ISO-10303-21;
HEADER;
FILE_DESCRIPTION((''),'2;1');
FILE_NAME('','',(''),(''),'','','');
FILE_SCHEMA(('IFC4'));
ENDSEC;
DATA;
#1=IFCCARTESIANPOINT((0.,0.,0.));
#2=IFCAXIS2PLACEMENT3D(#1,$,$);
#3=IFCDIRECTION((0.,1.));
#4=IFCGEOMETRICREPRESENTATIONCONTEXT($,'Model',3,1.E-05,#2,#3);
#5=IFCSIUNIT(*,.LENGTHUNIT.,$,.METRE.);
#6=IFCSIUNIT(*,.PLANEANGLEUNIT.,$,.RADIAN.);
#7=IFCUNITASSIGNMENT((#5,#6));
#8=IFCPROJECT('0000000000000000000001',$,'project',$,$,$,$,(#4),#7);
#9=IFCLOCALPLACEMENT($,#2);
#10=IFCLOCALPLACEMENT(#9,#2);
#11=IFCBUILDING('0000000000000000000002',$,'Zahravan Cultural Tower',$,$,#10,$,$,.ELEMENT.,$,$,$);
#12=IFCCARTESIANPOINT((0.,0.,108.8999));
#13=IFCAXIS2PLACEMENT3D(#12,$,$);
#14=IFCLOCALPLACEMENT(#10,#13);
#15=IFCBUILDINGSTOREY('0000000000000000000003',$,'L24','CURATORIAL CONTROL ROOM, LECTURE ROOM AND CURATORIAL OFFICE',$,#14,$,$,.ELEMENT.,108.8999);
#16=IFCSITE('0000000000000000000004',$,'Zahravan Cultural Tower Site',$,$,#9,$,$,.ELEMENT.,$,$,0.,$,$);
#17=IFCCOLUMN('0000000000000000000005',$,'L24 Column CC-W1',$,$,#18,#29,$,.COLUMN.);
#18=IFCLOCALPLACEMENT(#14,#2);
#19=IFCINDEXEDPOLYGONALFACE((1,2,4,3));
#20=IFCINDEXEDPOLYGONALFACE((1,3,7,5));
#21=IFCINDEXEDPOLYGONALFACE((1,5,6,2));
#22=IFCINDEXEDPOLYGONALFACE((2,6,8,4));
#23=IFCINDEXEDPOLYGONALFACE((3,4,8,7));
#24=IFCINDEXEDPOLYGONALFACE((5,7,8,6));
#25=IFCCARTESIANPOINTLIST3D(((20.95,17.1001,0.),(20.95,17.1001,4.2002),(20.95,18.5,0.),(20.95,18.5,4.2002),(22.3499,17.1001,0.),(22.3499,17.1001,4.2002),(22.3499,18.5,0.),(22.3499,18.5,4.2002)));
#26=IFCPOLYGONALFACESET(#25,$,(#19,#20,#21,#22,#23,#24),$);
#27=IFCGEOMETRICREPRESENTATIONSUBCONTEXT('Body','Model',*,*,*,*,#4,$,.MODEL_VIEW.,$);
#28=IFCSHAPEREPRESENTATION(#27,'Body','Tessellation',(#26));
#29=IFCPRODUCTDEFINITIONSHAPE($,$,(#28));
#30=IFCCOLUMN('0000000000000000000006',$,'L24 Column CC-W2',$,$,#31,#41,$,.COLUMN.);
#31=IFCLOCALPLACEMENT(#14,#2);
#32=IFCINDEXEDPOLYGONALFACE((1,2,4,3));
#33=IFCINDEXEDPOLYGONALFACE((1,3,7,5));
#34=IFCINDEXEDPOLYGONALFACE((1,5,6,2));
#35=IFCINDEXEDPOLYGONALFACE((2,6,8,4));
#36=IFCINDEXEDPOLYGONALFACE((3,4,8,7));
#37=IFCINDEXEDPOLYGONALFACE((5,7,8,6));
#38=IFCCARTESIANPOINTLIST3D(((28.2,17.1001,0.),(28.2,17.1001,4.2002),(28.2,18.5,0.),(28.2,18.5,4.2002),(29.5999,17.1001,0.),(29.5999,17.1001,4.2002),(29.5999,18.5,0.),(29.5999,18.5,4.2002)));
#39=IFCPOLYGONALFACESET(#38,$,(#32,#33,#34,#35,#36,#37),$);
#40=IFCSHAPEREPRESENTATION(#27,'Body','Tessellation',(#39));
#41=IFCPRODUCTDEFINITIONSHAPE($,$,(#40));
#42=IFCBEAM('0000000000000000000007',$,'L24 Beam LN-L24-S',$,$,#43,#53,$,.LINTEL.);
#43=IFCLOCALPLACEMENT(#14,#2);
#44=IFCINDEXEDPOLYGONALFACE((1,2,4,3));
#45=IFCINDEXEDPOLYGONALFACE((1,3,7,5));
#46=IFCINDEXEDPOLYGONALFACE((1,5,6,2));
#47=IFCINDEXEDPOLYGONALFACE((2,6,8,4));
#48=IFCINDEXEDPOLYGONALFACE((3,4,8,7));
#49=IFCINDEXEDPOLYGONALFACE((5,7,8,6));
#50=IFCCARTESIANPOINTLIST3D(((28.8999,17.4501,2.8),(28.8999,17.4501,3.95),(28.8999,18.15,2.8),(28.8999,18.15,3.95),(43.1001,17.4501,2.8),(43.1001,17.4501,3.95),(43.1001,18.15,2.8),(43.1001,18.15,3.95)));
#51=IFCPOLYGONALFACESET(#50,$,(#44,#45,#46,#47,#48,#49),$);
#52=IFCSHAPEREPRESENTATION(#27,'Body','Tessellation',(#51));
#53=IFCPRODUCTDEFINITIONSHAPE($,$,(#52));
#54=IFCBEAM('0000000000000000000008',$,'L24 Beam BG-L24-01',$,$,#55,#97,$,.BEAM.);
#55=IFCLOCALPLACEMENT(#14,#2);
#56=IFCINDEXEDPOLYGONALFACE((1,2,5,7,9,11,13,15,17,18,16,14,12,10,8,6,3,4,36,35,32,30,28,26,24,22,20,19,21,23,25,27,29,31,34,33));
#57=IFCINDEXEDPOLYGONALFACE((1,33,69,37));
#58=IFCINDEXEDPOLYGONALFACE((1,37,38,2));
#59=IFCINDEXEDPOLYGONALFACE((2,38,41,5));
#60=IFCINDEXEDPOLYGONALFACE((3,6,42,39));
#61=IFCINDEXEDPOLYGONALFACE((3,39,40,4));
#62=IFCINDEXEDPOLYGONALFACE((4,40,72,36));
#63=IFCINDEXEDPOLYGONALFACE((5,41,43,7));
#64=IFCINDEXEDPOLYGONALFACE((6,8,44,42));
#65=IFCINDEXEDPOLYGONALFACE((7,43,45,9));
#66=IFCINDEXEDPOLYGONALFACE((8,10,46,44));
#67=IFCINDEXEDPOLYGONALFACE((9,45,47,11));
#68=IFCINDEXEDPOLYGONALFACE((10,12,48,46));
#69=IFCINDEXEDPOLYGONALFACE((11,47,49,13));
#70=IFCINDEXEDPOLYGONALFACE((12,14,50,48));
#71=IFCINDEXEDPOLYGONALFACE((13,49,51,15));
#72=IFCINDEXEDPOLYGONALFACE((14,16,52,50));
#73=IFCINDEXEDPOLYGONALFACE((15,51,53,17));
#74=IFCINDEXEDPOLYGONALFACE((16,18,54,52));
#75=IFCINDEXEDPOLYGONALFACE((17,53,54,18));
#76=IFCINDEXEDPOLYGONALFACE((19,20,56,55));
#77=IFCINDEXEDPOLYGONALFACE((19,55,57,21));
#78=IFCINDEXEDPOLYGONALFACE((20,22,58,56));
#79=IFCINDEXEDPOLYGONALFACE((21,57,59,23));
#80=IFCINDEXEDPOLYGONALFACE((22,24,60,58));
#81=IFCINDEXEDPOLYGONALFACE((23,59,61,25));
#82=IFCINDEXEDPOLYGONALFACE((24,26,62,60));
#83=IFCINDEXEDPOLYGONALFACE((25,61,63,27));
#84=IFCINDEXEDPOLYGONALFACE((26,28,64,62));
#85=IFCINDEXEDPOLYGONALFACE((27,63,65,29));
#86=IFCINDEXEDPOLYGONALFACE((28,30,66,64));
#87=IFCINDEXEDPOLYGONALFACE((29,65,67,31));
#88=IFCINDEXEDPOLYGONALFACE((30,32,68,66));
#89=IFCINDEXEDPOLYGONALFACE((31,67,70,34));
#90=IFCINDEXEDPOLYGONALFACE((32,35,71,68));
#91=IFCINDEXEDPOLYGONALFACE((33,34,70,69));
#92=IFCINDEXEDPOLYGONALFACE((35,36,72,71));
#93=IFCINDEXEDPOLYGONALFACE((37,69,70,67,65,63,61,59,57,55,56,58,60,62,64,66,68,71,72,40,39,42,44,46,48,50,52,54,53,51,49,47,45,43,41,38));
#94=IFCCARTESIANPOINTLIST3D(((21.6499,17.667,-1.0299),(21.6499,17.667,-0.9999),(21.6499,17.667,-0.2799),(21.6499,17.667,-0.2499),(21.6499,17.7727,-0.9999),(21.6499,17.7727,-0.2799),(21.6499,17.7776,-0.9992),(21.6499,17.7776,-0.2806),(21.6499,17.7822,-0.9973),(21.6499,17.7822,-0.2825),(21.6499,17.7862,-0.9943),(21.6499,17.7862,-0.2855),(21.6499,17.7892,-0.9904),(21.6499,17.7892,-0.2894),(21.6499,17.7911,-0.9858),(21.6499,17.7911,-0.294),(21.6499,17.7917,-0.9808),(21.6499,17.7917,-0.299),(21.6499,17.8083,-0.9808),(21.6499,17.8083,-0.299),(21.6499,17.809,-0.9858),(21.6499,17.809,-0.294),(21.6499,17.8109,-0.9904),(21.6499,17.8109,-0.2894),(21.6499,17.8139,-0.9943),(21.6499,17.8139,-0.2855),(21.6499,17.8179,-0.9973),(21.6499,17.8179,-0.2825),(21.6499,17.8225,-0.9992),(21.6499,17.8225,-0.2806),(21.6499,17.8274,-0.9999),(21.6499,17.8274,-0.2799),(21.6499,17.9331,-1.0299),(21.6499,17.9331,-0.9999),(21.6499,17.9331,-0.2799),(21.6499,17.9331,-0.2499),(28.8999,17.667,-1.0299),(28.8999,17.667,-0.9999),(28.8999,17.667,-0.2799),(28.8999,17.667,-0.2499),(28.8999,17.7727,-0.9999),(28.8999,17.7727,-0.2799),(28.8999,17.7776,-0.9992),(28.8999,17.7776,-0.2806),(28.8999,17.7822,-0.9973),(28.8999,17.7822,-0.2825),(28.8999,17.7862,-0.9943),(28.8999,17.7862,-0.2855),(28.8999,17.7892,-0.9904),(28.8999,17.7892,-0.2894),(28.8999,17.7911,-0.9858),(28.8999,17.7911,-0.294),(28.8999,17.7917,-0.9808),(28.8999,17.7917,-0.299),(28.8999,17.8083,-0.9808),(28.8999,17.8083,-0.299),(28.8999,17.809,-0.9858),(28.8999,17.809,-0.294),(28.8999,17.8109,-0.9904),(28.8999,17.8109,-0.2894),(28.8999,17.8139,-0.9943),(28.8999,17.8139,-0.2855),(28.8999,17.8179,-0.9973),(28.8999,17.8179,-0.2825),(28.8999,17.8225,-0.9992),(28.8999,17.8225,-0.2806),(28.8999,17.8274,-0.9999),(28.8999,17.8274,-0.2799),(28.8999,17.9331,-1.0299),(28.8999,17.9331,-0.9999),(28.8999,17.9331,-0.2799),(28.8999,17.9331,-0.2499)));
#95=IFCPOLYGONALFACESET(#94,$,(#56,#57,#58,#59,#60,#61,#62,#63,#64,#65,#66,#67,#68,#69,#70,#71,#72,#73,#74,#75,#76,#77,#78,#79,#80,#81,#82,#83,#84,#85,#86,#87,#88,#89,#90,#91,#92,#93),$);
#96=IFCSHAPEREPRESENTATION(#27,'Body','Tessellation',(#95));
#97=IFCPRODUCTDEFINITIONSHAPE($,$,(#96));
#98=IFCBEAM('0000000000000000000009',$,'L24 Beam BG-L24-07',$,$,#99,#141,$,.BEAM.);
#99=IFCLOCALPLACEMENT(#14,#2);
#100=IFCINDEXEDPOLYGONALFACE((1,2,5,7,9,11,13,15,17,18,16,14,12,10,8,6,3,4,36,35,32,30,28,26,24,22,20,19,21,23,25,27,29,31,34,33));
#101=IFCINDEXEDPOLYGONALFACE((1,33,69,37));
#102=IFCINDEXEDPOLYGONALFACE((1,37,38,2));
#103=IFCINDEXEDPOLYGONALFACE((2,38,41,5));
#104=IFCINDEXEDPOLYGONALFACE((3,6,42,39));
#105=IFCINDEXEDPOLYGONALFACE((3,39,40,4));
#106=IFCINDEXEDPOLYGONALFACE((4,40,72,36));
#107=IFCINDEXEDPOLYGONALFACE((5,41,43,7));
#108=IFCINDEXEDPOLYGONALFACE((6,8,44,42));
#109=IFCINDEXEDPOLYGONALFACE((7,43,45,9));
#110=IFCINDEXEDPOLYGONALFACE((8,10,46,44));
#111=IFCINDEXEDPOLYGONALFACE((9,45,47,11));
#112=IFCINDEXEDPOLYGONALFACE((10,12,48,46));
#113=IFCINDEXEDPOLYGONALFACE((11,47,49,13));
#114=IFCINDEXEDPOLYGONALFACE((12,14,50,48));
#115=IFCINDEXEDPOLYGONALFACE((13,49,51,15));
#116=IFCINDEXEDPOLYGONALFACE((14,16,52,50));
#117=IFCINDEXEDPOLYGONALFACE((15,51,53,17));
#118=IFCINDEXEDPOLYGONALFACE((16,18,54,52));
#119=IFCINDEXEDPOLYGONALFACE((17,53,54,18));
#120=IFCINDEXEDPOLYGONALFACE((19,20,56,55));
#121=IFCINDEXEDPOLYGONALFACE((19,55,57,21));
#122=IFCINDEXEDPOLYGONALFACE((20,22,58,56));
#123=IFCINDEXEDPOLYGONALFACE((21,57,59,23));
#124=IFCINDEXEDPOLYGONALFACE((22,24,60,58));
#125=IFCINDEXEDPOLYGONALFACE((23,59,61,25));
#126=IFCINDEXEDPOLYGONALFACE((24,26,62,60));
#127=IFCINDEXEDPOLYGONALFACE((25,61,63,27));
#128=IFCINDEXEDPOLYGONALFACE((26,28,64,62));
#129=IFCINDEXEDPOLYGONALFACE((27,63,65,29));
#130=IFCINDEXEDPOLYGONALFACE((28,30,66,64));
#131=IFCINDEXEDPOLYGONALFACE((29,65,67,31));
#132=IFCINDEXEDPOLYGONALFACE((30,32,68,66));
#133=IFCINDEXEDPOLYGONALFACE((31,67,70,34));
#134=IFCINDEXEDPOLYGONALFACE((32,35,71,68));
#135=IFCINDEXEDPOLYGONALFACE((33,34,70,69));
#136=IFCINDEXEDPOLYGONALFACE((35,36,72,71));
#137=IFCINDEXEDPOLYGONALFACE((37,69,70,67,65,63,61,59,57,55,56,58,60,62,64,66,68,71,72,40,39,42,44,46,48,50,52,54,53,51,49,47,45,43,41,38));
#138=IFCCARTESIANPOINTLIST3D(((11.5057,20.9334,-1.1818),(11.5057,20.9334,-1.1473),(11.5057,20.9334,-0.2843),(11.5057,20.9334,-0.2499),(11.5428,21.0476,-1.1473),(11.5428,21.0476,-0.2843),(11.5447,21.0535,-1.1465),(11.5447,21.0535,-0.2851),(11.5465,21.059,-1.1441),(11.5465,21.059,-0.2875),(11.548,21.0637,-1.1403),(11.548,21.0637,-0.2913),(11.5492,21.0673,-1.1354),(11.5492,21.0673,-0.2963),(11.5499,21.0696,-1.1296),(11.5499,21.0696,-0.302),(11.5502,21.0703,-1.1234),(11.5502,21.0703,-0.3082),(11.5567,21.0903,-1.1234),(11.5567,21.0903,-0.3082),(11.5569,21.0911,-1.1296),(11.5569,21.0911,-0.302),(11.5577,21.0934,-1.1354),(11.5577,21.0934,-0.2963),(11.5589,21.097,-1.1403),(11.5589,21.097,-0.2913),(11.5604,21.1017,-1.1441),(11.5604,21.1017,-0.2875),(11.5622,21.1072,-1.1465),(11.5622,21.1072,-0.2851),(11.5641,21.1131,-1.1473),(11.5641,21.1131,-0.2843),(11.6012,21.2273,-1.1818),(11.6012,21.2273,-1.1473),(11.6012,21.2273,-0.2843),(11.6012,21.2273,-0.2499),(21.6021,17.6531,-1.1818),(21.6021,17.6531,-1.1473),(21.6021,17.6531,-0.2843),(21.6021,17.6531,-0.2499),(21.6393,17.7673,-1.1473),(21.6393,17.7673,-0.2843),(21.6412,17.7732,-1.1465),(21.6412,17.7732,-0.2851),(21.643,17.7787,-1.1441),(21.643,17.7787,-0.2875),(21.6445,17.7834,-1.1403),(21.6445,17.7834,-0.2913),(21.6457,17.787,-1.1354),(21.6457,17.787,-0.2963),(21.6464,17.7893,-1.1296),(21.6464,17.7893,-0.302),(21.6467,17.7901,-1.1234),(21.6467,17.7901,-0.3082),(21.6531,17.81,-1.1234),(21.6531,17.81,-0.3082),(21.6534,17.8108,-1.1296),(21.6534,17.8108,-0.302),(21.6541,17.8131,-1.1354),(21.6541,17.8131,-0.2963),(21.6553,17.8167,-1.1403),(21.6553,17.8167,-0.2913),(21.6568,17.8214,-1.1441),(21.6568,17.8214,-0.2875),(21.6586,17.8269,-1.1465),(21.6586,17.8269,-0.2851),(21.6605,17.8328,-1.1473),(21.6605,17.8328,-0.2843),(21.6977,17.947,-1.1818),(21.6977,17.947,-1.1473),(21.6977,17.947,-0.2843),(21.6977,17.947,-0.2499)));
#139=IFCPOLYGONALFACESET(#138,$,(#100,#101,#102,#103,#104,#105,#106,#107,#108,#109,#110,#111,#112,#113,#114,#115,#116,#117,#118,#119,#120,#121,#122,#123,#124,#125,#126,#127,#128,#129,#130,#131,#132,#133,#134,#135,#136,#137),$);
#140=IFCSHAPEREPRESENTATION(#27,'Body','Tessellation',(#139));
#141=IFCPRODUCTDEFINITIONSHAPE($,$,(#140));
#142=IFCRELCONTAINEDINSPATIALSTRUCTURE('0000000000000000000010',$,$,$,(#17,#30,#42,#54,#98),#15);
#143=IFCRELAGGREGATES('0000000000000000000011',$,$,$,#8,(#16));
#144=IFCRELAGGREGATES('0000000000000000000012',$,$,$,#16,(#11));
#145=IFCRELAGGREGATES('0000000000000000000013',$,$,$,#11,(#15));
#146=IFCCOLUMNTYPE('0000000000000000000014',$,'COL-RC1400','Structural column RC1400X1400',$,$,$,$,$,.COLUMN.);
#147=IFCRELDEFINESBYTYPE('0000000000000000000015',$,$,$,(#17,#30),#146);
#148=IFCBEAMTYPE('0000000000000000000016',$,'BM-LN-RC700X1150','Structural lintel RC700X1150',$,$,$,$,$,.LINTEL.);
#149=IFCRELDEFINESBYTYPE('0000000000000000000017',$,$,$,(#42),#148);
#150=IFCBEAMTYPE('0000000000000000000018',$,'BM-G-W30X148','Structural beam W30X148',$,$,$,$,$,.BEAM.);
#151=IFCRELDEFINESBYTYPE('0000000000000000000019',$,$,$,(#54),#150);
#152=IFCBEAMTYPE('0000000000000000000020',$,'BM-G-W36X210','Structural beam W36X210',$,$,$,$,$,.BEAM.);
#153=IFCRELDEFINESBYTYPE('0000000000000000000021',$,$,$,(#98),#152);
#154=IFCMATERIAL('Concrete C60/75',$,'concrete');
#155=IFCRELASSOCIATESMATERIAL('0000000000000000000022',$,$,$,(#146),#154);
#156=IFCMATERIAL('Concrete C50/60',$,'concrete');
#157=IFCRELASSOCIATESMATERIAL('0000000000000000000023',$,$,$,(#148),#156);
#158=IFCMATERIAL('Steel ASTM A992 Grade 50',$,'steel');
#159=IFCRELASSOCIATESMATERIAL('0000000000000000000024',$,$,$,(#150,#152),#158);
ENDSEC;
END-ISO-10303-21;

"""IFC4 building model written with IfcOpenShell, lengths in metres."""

from ifc_helpers import new_model, si_unit, direction, frame, origin, origin_2d, place, context, subcontext, project, spatial, rectangle, i_section, extrude, source, transform, mapped, material, material_profile, profile_set, type_object, element, save


model = new_model("IFC4")

# Units and contexts
model_context = context("Model", 3, precision=1e-05, world=origin(), true_north=direction((0.0, 1.0)))
body_context = subcontext(model_context, "Body", "Model", "MODEL_VIEW")
ifc_project = project(units=[si_unit("LENGTHUNIT", "METRE"), si_unit("PLANEANGLEUNIT", "RADIAN")], contexts=[model_context])

# Site, building, storey
site_placement = place(None, origin())
site = spatial("IfcSite", under=ifc_project, at=site_placement, Name="Zahravan Cultural Tower Site", CompositionType="ELEMENT", RefElevation=0.0)
building_placement = place(site_placement, origin())
building = spatial("IfcBuilding", under=site, at=building_placement, Name="Zahravan Cultural Tower", CompositionType="ELEMENT")
storey_placement = place(building_placement, frame((0.0, 0.0, 108.8999)))
storey = spatial("IfcBuildingStorey", under=building, at=storey_placement, Name="L24", Description="CURATORIAL CONTROL ROOM, LECTURE ROOM AND CURATORIAL OFFICE", CompositionType="ELEMENT", Elevation=108.8999)

# Columns
ifc_material_1 = material(Name="Concrete C60/75", Category="concrete")
ifc_material_profile_1 = material_profile(ifc_material_1, rectangle(XDim=1.3999, YDim=1.3999, at=origin_2d()), Name="RC1400X1400")
ifc_profile_set_1 = profile_set([ifc_material_profile_1], Name="Concrete C60/75")
column_type = type_object("IfcColumnType", Name="COL-RC1400", Description="Structural column RC1400X1400", PredefinedType="COLUMN", material=ifc_profile_set_1)
shared_shape_1 = source(origin(), body_context, "Body", "SweptSolid", [
    extrude(rectangle(XDim=1.3999, YDim=1.3999, at=origin_2d()), origin(), (0.0, 0.0, 1.0), 4.2002),
])
for number, where, z_axis, x_axis, name in (
    (1, (21.6499, 17.8, 0.0), (0.0, 0.0, 1.0), (1.0, 0.0, 0.0), "L24 Column CC-W1"),
    (2, (28.8999, 17.8, 0.0), (0.0, 0.0, 1.0), (1.0, 0.0, 0.0), "L24 Column CC-W2"),
):
    element("IfcColumn", number, at=place(storey_placement, frame(where, z_axis=z_axis, x_axis=x_axis)), inside=storey, type_object=column_type, Name=name, PredefinedType="COLUMN", context=body_context, shape_type="MappedRepresentation", body=[
        mapped(shared_shape_1, transform((0.0, 0.0, 0.0), x_axis=(1.0, 0.0, 0.0), y_axis=(0.0, 1.0, 0.0), z_axis=(0.0, 0.0, 1.0), scale=1.0)),
    ])

# Beams
ifc_material_2 = material(Name="Concrete C50/60", Category="concrete")
ifc_material_profile_2 = material_profile(ifc_material_2, rectangle(XDim=0.7, YDim=1.1499, at=origin_2d()), Name="RC700X1150")
ifc_profile_set_2 = profile_set([ifc_material_profile_2], Name="Concrete C50/60")
beam_type_1 = type_object("IfcBeamType", Name="BM-LN-RC700X1150", Description="Structural lintel RC700X1150", PredefinedType="LINTEL", material=ifc_profile_set_2)
shared_shape_2 = source(origin(), body_context, "Body", "SweptSolid", [
    extrude(rectangle(XDim=0.7, YDim=1.1499, at=origin_2d()), origin(), (0.0, 0.0, 1.0), 14.2002),
])
beam_1_placement = place(storey_placement, frame((28.8999, 17.8, 3.375), z_axis=(1.0, 0.0, 0.0), x_axis=(0.0, 1.0, 0.0)))
element("IfcBeam", 3, at=beam_1_placement, inside=storey, type_object=beam_type_1, Name="L24 Beam LN-L24-S", PredefinedType="LINTEL", context=body_context, shape_type="MappedRepresentation", body=[
    mapped(shared_shape_2, transform((0.0, 0.0, 0.0), x_axis=(1.0, 0.0, 0.0), y_axis=(0.0, 1.0, 0.0), z_axis=(0.0, 0.0, 1.0), scale=1.0)),
])
ifc_material_3 = material(Name="Steel ASTM A992 Grade 50", Category="steel")
ifc_material_profile_3 = material_profile(ifc_material_3, i_section(OverallWidth=0.2661, OverallDepth=0.78, WebThickness=0.0166, FlangeThickness=0.03, FilletRadius=0.019, at=origin_2d()), Name="W30X148")
ifc_profile_set_3 = profile_set([ifc_material_profile_3], Name="Steel ASTM A992 Grade 50")
beam_type_2 = type_object("IfcBeamType", Name="BM-G-W30X148", Description="Structural beam W30X148", PredefinedType="BEAM", material=ifc_profile_set_3)
shared_shape_3 = source(origin(), body_context, "Body", "SweptSolid", [
    extrude(i_section(OverallWidth=0.2661, OverallDepth=0.78, WebThickness=0.0166, FlangeThickness=0.03, FilletRadius=0.019, at=origin_2d()), origin(), (0.0, 0.0, 1.0), 7.25),
])
beam_2_placement = place(storey_placement, frame((21.6499, 17.8, -0.6399), z_axis=(1.0, 0.0, 0.0), x_axis=(0.0, 1.0, 0.0)))
element("IfcBeam", 4, at=beam_2_placement, inside=storey, type_object=beam_type_2, Name="L24 Beam BG-L24-01", PredefinedType="BEAM", context=body_context, shape_type="MappedRepresentation", body=[
    mapped(shared_shape_3, transform((0.0, 0.0, 0.0), x_axis=(1.0, 0.0, 0.0), y_axis=(0.0, 1.0, 0.0), z_axis=(0.0, 0.0, 1.0), scale=1.0)),
])
ifc_material_profile_4 = material_profile(ifc_material_3, i_section(OverallWidth=0.3091, OverallDepth=0.9319, WebThickness=0.021, FlangeThickness=0.0344, FilletRadius=0.0239, at=origin_2d()), Name="W36X210")
ifc_profile_set_4 = profile_set([ifc_material_profile_4], Name="Steel ASTM A992 Grade 50")
beam_type_3 = type_object("IfcBeamType", Name="BM-G-W36X210", Description="Structural beam W36X210", PredefinedType="BEAM", material=ifc_profile_set_4)
shared_shape_4 = source(origin(), body_context, "Body", "SweptSolid", [
    extrude(i_section(OverallWidth=0.3091, OverallDepth=0.9319, WebThickness=0.021, FlangeThickness=0.0344, FilletRadius=0.0239, at=origin_2d()), origin(), (0.0, 0.0, 1.0), 10.616),
])
beam_3_placement = place(storey_placement, frame((21.6499, 17.8, -0.7158), z_axis=(-0.951064, 0.308995, 0.0), x_axis=(-0.308995, -0.951064, 0.0)))
element("IfcBeam", 5, at=beam_3_placement, inside=storey, type_object=beam_type_3, Name="L24 Beam BG-L24-07", PredefinedType="BEAM", context=body_context, shape_type="MappedRepresentation", body=[
    mapped(shared_shape_4, transform((0.0, 0.0, 0.0), x_axis=(1.0, 0.0, 0.0), y_axis=(0.0, 1.0, 0.0), z_axis=(0.0, 0.0, 1.0), scale=1.0)),
])

save(model, "model.ifc")
